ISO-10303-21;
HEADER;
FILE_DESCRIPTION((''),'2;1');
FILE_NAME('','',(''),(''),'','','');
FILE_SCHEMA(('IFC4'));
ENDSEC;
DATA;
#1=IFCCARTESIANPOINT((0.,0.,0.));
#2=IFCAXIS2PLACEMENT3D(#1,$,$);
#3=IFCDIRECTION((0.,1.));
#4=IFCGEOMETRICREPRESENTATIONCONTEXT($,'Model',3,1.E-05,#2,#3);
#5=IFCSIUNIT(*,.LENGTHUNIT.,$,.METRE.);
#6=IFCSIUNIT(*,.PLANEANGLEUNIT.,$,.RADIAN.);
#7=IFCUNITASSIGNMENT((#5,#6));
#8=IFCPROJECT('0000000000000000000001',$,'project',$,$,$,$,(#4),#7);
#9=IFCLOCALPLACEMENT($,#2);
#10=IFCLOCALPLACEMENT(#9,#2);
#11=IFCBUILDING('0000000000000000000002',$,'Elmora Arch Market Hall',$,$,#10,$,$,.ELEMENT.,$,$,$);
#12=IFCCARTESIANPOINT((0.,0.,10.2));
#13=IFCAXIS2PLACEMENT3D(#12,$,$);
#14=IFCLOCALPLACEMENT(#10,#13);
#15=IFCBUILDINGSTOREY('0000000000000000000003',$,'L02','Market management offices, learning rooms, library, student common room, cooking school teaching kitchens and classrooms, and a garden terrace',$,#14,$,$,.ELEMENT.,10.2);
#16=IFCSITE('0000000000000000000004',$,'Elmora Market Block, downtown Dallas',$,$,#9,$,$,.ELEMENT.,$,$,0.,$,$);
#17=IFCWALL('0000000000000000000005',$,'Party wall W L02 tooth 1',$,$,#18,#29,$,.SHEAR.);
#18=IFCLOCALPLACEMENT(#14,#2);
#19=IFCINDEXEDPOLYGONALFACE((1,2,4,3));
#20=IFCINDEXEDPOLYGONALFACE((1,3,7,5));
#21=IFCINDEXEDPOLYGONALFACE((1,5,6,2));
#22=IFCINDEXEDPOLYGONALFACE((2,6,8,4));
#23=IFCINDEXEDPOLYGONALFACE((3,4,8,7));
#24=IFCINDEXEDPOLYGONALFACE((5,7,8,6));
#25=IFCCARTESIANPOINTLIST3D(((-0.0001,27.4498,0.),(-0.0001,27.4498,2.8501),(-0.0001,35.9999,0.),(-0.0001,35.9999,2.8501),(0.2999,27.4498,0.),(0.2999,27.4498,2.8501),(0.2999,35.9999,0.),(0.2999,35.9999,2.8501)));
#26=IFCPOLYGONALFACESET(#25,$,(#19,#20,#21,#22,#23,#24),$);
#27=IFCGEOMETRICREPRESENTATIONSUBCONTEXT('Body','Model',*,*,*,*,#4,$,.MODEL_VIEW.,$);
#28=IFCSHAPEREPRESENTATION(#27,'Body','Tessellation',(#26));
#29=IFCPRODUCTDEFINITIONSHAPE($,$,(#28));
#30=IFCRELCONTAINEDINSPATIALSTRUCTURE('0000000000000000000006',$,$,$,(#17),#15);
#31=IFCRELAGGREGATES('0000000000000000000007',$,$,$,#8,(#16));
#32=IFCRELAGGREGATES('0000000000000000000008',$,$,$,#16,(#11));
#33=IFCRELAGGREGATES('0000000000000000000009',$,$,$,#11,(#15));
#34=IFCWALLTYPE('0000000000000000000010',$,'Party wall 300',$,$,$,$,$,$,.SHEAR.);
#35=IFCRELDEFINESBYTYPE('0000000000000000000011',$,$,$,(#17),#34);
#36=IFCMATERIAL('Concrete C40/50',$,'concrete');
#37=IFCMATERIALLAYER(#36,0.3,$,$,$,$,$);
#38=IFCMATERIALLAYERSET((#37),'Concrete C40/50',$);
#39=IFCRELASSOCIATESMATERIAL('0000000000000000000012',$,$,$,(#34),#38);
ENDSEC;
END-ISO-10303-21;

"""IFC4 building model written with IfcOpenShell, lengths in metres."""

from ifc_helpers import new_model, si_unit, direction, frame, frame_2d, origin, place, context, subcontext, project, spatial, rectangle, extrude, material, layer, layer_set, type_object, element, save


model = new_model("IFC4")

# Units and contexts
model_context = context("Model", 3, precision=1e-05, world=origin(), true_north=direction((0.0, 1.0)))
body_context = subcontext(model_context, "Body", "Model", "MODEL_VIEW")
ifc_project = project(units=[si_unit("LENGTHUNIT", "METRE"), si_unit("PLANEANGLEUNIT", "RADIAN")], contexts=[model_context])

# Site, building, storey
site_placement = place(None, origin())
site = spatial("IfcSite", under=ifc_project, at=site_placement, Name="Elmora Market Block, downtown Dallas", CompositionType="ELEMENT", RefElevation=0.0)
building_placement = place(site_placement, origin())
building = spatial("IfcBuilding", under=site, at=building_placement, Name="Elmora Arch Market Hall", CompositionType="ELEMENT")
storey_placement = place(building_placement, frame((0.0, 0.0, 10.2)))
storey = spatial("IfcBuildingStorey", under=building, at=storey_placement, Name="L02", Description="Market management offices, learning rooms, library, student common room, cooking school teaching kitchens and classrooms, and a garden terrace", CompositionType="ELEMENT", Elevation=10.2)

# Wall
ifc_material_1 = material(Name="Concrete C40/50", Category="concrete")
ifc_layer_1 = layer(ifc_material_1, 0.3)
ifc_layer_set_1 = layer_set([ifc_layer_1], Name="Concrete C40/50")
wall_type_1 = type_object("IfcWallType", Name="Party wall 300", PredefinedType="SHEAR", material=ifc_layer_set_1)
wall_1_placement = place(storey_placement, frame((0.1499, 27.45, 0.0), z_axis=(0.0, 0.0, 1.0), x_axis=(0.0, 1.0, 0.0)))
element("IfcWall", 1, at=wall_1_placement, inside=storey, type_object=wall_type_1, Name="Party wall W L02 tooth 1", PredefinedType="SHEAR", context=body_context, shape_type="SweptSolid", body=[
    extrude(rectangle(XDim=8.55, YDim=0.3, at=frame_2d((4.2749, 0.0))), origin(), (0.0, 0.0, 1.0), 2.8501),
])

save(model, "model.ifc")
